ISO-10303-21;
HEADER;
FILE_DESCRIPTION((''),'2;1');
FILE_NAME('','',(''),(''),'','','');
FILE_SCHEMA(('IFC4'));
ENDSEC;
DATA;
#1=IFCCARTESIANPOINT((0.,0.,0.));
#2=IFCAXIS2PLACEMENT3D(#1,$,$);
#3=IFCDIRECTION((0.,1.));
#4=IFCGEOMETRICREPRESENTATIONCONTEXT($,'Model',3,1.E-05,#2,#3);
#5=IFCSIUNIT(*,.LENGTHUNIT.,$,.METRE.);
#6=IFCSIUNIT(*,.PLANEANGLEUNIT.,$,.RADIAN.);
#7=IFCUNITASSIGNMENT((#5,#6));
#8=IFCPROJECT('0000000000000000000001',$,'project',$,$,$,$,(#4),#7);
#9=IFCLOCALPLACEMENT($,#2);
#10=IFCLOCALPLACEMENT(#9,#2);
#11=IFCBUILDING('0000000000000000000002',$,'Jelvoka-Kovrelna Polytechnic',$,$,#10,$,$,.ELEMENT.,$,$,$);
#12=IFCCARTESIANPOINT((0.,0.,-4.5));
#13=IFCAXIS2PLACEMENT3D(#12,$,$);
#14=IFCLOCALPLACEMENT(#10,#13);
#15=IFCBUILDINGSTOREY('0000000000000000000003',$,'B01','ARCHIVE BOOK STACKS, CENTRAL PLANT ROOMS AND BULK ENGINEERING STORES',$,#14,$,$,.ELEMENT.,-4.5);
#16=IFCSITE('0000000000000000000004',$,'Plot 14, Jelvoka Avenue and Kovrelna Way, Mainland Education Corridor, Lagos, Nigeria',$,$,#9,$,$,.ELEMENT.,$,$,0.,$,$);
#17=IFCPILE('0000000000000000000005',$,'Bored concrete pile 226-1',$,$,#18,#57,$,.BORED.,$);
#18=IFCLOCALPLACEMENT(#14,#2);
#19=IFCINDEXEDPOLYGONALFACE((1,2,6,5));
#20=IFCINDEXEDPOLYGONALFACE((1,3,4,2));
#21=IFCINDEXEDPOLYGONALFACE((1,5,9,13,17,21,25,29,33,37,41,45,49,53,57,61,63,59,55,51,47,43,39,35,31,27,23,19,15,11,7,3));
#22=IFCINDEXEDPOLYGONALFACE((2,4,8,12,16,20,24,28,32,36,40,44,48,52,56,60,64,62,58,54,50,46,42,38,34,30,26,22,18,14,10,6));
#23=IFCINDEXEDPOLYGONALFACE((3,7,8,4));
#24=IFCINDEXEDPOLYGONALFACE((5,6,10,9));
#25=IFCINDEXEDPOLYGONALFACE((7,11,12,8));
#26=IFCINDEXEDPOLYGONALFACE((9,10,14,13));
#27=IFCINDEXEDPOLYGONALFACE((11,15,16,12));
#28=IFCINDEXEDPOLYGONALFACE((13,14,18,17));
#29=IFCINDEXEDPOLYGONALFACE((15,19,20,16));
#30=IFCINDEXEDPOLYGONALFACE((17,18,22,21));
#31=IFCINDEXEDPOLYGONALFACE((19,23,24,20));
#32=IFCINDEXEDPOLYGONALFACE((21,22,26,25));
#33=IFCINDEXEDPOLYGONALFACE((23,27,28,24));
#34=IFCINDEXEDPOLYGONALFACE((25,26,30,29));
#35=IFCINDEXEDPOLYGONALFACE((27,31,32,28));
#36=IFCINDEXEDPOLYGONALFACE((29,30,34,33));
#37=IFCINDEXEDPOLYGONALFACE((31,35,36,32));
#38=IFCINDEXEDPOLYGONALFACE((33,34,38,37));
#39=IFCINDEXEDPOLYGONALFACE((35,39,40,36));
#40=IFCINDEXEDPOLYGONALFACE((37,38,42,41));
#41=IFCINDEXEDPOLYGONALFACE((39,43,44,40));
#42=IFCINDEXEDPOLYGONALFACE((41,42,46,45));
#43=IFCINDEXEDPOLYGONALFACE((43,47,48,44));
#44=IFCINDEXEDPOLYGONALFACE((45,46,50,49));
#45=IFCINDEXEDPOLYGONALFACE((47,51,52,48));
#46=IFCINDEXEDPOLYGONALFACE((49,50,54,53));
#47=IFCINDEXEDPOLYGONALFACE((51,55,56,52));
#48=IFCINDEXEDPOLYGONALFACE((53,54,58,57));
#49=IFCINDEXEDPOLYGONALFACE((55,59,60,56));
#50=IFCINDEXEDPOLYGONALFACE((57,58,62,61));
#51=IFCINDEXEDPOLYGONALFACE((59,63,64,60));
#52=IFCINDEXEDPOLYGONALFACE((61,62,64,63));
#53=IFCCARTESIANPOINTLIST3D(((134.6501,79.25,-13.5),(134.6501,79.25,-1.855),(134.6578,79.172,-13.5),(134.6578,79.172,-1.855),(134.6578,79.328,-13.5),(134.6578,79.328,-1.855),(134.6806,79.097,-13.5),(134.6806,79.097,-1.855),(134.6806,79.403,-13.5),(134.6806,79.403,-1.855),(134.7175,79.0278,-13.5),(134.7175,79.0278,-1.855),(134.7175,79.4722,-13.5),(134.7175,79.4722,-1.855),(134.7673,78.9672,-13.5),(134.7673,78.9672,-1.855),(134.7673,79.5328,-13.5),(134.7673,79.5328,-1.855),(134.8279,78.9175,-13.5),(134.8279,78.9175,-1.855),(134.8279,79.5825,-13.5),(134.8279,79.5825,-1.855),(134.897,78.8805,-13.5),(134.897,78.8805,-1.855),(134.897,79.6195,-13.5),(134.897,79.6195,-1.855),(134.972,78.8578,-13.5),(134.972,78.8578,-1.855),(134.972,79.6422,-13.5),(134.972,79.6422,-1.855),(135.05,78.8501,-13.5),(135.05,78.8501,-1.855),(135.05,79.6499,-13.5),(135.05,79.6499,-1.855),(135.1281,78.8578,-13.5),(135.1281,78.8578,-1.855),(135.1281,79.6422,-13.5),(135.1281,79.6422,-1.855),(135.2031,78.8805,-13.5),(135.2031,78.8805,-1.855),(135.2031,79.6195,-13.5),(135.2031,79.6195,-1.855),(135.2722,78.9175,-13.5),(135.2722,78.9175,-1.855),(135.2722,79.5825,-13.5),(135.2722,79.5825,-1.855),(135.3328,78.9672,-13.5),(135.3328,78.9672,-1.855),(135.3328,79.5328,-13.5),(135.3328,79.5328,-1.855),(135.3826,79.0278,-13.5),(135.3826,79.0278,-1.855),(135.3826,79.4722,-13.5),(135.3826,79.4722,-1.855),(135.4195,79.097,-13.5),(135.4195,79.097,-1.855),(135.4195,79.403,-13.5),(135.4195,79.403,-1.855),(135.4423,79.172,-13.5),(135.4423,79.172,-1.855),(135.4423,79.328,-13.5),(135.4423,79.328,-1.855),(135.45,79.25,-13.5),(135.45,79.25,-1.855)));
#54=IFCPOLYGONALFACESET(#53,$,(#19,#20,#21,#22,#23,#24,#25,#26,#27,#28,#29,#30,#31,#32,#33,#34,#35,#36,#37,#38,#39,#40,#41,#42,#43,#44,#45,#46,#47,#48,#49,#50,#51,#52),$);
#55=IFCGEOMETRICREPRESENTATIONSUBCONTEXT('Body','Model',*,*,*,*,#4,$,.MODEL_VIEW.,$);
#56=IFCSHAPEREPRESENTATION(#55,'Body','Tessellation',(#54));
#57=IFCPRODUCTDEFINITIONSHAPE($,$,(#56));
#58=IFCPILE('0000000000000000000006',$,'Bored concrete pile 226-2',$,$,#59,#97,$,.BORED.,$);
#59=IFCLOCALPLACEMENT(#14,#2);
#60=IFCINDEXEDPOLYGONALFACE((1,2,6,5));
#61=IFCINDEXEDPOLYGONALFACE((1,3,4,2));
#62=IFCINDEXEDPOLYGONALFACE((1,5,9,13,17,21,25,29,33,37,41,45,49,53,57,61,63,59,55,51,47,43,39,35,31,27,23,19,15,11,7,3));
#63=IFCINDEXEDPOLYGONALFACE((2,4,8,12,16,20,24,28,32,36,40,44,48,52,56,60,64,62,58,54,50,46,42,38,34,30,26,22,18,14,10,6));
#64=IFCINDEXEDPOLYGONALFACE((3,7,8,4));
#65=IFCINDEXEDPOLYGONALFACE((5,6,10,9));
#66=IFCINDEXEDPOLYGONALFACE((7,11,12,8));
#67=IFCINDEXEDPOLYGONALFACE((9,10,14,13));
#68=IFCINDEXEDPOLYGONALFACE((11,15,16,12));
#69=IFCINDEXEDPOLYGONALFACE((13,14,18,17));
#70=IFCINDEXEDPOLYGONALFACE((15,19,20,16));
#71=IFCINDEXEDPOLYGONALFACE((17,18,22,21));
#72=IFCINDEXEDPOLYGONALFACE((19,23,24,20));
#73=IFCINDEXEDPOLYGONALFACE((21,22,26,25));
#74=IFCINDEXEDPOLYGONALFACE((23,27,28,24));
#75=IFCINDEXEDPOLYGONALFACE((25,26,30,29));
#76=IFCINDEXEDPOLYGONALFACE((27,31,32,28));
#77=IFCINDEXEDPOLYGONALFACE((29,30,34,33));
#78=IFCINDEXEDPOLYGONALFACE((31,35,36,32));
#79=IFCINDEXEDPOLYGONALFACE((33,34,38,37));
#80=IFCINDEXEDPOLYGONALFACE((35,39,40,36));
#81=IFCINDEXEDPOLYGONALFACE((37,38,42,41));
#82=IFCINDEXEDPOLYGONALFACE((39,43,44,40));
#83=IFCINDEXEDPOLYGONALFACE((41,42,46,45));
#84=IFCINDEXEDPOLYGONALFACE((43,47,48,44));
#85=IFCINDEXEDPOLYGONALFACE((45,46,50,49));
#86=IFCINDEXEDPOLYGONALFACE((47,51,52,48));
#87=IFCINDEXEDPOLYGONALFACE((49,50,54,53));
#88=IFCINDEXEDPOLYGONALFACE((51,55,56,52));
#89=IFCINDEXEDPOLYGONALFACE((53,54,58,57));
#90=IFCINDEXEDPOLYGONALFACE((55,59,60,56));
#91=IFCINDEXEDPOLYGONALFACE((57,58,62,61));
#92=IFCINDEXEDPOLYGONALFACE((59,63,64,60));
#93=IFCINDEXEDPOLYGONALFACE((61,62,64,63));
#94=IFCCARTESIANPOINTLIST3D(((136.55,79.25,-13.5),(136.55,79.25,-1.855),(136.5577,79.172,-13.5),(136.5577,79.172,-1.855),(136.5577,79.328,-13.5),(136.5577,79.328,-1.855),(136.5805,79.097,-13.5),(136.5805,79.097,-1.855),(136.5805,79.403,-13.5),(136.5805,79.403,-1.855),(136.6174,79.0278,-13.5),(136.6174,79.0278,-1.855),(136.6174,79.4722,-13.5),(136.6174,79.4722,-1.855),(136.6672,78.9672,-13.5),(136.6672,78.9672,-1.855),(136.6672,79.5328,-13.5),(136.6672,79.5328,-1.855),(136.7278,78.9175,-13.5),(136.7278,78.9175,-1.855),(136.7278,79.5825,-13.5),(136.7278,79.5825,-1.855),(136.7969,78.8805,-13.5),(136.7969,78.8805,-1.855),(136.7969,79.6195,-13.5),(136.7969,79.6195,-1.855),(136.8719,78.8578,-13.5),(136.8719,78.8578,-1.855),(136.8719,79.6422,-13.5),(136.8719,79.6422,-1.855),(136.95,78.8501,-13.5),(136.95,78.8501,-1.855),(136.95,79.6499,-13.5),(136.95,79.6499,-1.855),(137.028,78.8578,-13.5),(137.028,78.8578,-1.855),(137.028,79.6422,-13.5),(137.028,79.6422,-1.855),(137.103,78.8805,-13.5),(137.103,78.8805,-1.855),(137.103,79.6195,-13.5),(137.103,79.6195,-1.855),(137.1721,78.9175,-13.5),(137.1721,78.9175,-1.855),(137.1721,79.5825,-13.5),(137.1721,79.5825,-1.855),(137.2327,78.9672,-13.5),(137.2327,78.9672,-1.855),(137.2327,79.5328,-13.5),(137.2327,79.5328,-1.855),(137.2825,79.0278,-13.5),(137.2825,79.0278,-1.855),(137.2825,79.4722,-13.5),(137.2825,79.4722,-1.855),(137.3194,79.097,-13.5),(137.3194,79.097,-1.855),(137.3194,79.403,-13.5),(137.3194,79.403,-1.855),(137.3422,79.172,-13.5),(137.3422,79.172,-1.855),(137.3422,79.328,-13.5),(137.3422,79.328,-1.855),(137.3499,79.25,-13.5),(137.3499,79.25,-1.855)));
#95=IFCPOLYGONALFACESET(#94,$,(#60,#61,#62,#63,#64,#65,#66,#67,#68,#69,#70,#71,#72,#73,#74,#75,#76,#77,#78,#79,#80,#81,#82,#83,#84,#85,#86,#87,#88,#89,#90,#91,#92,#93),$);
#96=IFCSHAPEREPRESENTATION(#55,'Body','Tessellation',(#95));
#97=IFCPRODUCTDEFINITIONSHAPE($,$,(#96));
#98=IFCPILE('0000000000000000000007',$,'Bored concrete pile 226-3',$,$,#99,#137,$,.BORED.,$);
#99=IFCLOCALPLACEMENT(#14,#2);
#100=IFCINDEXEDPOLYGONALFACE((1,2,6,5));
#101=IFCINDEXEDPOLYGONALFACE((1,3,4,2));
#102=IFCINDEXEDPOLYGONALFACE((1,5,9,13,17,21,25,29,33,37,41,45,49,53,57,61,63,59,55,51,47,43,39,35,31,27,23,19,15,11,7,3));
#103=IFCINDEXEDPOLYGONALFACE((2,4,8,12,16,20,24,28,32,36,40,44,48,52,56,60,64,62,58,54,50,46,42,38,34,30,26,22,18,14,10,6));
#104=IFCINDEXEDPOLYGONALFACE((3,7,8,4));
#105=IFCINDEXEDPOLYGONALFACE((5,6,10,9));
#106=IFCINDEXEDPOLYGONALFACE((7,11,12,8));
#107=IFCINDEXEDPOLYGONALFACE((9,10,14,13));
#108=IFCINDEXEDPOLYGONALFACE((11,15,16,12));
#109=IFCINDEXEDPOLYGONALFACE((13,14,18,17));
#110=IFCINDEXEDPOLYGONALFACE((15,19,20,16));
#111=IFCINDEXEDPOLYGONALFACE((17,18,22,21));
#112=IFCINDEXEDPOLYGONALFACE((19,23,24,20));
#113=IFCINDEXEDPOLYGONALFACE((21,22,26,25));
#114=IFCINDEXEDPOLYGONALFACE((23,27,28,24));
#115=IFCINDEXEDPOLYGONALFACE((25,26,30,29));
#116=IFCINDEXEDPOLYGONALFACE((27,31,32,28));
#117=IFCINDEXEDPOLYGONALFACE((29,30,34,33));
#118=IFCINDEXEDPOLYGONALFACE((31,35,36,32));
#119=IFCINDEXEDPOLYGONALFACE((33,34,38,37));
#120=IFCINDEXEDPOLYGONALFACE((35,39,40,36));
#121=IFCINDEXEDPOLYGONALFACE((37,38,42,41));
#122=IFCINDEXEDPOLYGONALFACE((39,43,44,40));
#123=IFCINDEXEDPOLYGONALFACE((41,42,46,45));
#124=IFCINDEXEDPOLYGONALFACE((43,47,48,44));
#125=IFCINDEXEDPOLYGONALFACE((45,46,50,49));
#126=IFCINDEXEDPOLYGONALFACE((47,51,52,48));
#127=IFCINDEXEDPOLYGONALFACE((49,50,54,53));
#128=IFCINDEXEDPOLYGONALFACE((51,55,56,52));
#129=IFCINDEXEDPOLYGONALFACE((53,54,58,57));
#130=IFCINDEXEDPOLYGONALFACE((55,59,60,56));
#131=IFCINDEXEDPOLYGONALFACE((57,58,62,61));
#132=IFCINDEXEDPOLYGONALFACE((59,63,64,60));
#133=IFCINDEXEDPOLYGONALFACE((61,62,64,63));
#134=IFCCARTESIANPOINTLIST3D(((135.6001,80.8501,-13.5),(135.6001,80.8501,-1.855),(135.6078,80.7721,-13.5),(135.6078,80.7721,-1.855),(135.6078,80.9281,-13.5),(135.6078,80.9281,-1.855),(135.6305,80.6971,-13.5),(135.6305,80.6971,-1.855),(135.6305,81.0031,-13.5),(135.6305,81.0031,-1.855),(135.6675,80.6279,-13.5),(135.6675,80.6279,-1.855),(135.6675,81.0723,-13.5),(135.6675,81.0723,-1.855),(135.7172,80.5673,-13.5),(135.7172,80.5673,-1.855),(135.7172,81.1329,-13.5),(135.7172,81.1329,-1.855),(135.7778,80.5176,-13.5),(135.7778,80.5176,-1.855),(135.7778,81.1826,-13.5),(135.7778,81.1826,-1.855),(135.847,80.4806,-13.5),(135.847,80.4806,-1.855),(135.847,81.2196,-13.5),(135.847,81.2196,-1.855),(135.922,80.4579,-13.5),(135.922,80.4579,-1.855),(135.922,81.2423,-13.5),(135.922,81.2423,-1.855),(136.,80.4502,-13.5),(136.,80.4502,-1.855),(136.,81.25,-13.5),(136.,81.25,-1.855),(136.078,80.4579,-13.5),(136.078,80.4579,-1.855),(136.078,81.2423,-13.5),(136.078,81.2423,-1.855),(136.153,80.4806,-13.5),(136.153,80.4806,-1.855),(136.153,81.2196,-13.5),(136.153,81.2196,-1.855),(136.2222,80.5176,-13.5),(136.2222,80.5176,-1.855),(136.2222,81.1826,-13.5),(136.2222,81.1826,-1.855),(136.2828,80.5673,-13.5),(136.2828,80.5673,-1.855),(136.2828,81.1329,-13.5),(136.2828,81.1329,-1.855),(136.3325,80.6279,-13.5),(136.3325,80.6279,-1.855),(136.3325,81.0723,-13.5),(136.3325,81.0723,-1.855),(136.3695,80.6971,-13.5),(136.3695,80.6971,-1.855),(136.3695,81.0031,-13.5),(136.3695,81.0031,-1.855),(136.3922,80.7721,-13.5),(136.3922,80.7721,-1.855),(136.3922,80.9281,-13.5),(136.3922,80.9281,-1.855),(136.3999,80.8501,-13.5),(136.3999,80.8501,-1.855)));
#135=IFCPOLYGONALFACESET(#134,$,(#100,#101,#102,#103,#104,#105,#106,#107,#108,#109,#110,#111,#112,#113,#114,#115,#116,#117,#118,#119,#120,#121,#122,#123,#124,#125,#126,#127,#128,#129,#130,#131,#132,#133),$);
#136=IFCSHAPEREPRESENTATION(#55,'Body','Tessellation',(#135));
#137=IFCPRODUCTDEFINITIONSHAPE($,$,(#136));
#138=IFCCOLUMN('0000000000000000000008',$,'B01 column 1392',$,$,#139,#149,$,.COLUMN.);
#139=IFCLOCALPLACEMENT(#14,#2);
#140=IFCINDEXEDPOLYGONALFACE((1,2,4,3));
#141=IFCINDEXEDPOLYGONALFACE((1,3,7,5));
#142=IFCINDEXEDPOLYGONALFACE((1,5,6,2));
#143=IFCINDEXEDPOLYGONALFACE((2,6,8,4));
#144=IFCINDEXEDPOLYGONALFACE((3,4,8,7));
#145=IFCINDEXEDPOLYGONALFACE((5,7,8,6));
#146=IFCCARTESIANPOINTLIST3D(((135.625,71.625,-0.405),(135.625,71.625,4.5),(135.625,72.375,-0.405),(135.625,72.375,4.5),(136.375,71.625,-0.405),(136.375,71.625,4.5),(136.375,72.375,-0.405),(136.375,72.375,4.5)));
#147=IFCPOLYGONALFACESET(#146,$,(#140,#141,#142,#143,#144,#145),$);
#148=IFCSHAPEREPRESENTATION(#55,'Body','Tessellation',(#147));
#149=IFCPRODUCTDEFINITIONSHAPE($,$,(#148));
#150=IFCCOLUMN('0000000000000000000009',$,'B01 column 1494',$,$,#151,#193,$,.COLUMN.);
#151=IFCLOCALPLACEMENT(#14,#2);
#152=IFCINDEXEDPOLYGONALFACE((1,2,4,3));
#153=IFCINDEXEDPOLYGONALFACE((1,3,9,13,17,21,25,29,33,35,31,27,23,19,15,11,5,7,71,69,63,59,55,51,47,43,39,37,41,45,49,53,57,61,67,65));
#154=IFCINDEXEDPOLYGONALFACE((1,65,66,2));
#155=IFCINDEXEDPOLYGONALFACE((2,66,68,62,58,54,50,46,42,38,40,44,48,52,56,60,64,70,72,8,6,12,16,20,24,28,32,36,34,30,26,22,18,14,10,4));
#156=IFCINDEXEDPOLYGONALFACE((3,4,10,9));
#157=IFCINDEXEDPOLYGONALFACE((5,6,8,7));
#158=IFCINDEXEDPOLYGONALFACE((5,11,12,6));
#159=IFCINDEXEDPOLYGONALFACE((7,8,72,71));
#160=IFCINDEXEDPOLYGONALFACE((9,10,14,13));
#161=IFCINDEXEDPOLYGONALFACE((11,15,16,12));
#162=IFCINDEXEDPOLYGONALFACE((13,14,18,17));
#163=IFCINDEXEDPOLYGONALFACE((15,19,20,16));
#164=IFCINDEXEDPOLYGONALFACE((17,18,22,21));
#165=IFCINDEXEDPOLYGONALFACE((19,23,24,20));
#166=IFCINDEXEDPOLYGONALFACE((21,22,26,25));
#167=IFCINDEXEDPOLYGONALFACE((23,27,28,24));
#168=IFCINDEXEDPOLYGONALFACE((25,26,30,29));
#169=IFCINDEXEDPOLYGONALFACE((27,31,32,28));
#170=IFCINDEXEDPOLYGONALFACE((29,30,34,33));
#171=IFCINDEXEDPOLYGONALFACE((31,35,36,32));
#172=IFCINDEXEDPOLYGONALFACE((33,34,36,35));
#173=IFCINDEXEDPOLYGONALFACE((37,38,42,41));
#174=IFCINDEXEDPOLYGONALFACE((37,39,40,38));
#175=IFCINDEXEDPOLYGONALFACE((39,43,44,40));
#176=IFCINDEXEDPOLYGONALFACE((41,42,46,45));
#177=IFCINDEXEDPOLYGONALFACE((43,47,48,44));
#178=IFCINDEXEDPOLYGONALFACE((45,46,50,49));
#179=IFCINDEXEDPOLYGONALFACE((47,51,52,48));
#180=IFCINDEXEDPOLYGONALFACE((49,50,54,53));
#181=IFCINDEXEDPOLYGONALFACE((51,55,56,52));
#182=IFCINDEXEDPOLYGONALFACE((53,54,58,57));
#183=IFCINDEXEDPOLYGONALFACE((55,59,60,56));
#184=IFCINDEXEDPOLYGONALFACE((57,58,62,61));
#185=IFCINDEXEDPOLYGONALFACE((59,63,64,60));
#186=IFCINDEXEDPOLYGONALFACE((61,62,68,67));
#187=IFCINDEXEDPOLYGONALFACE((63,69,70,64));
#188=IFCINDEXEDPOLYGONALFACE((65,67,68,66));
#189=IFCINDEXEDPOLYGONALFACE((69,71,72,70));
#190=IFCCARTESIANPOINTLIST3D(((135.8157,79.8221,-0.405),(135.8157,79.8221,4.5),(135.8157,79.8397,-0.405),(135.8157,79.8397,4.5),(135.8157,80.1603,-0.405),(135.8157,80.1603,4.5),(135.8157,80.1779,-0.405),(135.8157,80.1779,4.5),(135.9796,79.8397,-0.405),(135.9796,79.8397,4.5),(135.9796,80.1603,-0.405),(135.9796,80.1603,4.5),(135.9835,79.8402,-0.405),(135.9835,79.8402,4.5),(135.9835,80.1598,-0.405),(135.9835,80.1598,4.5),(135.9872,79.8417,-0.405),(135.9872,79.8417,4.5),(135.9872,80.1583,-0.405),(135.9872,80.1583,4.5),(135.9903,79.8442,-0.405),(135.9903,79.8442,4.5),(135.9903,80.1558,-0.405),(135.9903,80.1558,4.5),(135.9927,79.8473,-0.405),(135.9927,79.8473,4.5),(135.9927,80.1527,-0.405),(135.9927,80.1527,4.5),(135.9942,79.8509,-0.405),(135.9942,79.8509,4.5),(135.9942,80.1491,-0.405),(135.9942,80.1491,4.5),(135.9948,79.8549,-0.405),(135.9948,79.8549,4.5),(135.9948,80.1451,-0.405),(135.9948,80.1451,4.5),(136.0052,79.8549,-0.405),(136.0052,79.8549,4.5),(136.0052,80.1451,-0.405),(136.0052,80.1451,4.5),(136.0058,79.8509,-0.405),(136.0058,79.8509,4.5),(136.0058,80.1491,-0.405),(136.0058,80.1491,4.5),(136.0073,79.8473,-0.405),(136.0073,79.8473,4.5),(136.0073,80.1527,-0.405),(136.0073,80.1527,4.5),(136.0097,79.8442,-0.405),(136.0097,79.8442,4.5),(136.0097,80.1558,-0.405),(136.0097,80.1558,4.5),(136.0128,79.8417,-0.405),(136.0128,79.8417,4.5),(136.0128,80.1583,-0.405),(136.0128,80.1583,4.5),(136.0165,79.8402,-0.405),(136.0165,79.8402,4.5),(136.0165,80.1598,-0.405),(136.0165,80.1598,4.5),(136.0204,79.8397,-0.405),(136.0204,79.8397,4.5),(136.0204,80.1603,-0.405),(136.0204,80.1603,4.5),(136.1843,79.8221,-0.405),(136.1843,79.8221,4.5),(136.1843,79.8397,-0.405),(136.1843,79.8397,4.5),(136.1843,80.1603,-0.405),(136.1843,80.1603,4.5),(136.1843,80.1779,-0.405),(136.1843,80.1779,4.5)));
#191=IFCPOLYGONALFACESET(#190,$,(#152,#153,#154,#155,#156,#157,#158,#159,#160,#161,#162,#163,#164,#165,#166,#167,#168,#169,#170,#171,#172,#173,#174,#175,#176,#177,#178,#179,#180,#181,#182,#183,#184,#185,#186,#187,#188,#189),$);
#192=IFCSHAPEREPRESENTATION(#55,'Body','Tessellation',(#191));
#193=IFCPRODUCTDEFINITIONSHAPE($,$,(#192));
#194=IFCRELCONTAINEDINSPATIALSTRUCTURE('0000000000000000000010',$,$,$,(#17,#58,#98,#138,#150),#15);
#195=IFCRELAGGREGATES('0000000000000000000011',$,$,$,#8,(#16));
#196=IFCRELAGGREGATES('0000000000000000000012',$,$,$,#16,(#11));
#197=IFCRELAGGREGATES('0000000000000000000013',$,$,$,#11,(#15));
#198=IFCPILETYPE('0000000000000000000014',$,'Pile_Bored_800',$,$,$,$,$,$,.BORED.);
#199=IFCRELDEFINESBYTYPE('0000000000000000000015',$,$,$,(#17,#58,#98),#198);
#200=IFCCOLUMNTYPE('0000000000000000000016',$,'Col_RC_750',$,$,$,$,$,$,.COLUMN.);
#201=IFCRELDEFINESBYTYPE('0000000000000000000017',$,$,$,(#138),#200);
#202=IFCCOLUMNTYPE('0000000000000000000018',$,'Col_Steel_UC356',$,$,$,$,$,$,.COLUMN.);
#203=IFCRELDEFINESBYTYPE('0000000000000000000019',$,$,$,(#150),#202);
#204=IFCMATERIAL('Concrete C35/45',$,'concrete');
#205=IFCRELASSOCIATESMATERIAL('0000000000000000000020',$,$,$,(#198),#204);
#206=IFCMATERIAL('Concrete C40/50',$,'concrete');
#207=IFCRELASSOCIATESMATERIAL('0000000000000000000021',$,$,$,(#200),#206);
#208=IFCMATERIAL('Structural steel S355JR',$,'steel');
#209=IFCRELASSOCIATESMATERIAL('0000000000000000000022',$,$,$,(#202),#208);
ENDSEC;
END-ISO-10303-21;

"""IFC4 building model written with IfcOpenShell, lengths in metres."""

from ifc_helpers import new_model, si_unit, direction, frame, origin, origin_2d, place, context, subcontext, project, spatial, rectangle, circle, i_section, extrude, material, material_profile, profile_set, type_object, element, save


model = new_model("IFC4")

# Units and contexts
model_context = context("Model", 3, precision=1e-05, world=origin(), true_north=direction((0.0, 1.0)))
body_context = subcontext(model_context, "Body", "Model", "MODEL_VIEW")
ifc_project = project(units=[si_unit("LENGTHUNIT", "METRE"), si_unit("PLANEANGLEUNIT", "RADIAN")], contexts=[model_context])

# Site, building, storey
site_placement = place(None, origin())
site = spatial("IfcSite", under=ifc_project, at=site_placement, Name="Plot 14, Jelvoka Avenue and Kovrelna Way, Mainland Education Corridor, Lagos, Nigeria", CompositionType="ELEMENT", RefElevation=0.0)
building_placement = place(site_placement, origin())
building = spatial("IfcBuilding", under=site, at=building_placement, Name="Jelvoka-Kovrelna Polytechnic", CompositionType="ELEMENT")
storey_placement = place(building_placement, frame((0.0, 0.0, -4.5)))
storey = spatial("IfcBuildingStorey", under=building, at=storey_placement, Name="B01", Description="ARCHIVE BOOK STACKS, CENTRAL PLANT ROOMS AND BULK ENGINEERING STORES", CompositionType="ELEMENT", Elevation=-4.5)

# Piles
ifc_material_1 = material(Name="Concrete C35/45", Category="concrete")
ifc_material_profile_1 = material_profile(ifc_material_1, circle(Radius=0.3999, at=origin_2d()), Name="PILE D800")
ifc_profile_set_1 = profile_set([ifc_material_profile_1], Name="Concrete C35/45")
pile_type_1 = type_object("IfcPileType", Name="Pile_Bored_800", PredefinedType="BORED", material=ifc_profile_set_1)
for number, where, z_axis, x_axis, name in (
    (1, (135.05, 79.25, -1.855), (0.0, 0.0, -1.0), (1.0, 0.0, 0.0), "Bored concrete pile 226-1"),
    (2, (136.95, 79.25, -1.855), (0.0, 0.0, -1.0), (1.0, 0.0, 0.0), "Bored concrete pile 226-2"),
    (3, (136.0, 80.8501, -1.855), (0.0, 0.0, -1.0), (1.0, 0.0, 0.0), "Bored concrete pile 226-3"),
):
    element("IfcPile", number, at=place(storey_placement, frame(where, z_axis=z_axis, x_axis=x_axis)), inside=storey, type_object=pile_type_1, Name=name, PredefinedType="BORED", context=body_context, shape_type="SweptSolid", body=[
        extrude(circle(Radius=0.3999, at=origin_2d()), origin(), (0.0, 0.0, 1.0), 11.645),
    ])

# Columns
ifc_material_2 = material(Name="Concrete C40/50", Category="concrete")
ifc_material_profile_2 = material_profile(ifc_material_2, rectangle(XDim=0.75, YDim=0.75, at=origin_2d()), Name="RC 750x750")
ifc_profile_set_2 = profile_set([ifc_material_profile_2], Name="Concrete C40/50")
column_type_1 = type_object("IfcColumnType", Name="Col_RC_750", PredefinedType="COLUMN", material=ifc_profile_set_2)
column_1_placement = place(storey_placement, frame((136.0, 72.0, -0.405), z_axis=(0.0, 0.0, 1.0), x_axis=(1.0, 0.0, 0.0)))
element("IfcColumn", 4, at=column_1_placement, inside=storey, type_object=column_type_1, Name="B01 column 1392", PredefinedType="COLUMN", context=body_context, shape_type="SweptSolid", body=[
    extrude(rectangle(XDim=0.75, YDim=0.75, at=origin_2d()), origin(), (0.0, 0.0, 1.0), 4.905),
])
ifc_material_3 = material(Name="Structural steel S355JR", Category="steel")
ifc_material_profile_3 = material_profile(ifc_material_3, i_section(OverallWidth=0.3687, OverallDepth=0.3557, WebThickness=0.0105, FlangeThickness=0.0176, FilletRadius=0.0151, at=origin_2d()), Name="356x368x129 UC")
ifc_profile_set_3 = profile_set([ifc_material_profile_3], Name="Structural steel S355JR")
column_type_2 = type_object("IfcColumnType", Name="Col_Steel_UC356", PredefinedType="COLUMN", material=ifc_profile_set_3)
column_2_placement = place(storey_placement, frame((136.0, 80.0, -0.405), z_axis=(0.0, 0.0, 1.0), x_axis=(1.0, 0.0, 0.0)))
element("IfcColumn", 5, at=column_2_placement, inside=storey, type_object=column_type_2, Name="B01 column 1494", PredefinedType="COLUMN", context=body_context, shape_type="SweptSolid", body=[
    extrude(i_section(OverallWidth=0.3687, OverallDepth=0.3557, WebThickness=0.0105, FlangeThickness=0.0176, FilletRadius=0.0151, at=origin_2d()), origin(), (0.0, 0.0, 1.0), 4.905),
])

save(model, "model.ifc")
